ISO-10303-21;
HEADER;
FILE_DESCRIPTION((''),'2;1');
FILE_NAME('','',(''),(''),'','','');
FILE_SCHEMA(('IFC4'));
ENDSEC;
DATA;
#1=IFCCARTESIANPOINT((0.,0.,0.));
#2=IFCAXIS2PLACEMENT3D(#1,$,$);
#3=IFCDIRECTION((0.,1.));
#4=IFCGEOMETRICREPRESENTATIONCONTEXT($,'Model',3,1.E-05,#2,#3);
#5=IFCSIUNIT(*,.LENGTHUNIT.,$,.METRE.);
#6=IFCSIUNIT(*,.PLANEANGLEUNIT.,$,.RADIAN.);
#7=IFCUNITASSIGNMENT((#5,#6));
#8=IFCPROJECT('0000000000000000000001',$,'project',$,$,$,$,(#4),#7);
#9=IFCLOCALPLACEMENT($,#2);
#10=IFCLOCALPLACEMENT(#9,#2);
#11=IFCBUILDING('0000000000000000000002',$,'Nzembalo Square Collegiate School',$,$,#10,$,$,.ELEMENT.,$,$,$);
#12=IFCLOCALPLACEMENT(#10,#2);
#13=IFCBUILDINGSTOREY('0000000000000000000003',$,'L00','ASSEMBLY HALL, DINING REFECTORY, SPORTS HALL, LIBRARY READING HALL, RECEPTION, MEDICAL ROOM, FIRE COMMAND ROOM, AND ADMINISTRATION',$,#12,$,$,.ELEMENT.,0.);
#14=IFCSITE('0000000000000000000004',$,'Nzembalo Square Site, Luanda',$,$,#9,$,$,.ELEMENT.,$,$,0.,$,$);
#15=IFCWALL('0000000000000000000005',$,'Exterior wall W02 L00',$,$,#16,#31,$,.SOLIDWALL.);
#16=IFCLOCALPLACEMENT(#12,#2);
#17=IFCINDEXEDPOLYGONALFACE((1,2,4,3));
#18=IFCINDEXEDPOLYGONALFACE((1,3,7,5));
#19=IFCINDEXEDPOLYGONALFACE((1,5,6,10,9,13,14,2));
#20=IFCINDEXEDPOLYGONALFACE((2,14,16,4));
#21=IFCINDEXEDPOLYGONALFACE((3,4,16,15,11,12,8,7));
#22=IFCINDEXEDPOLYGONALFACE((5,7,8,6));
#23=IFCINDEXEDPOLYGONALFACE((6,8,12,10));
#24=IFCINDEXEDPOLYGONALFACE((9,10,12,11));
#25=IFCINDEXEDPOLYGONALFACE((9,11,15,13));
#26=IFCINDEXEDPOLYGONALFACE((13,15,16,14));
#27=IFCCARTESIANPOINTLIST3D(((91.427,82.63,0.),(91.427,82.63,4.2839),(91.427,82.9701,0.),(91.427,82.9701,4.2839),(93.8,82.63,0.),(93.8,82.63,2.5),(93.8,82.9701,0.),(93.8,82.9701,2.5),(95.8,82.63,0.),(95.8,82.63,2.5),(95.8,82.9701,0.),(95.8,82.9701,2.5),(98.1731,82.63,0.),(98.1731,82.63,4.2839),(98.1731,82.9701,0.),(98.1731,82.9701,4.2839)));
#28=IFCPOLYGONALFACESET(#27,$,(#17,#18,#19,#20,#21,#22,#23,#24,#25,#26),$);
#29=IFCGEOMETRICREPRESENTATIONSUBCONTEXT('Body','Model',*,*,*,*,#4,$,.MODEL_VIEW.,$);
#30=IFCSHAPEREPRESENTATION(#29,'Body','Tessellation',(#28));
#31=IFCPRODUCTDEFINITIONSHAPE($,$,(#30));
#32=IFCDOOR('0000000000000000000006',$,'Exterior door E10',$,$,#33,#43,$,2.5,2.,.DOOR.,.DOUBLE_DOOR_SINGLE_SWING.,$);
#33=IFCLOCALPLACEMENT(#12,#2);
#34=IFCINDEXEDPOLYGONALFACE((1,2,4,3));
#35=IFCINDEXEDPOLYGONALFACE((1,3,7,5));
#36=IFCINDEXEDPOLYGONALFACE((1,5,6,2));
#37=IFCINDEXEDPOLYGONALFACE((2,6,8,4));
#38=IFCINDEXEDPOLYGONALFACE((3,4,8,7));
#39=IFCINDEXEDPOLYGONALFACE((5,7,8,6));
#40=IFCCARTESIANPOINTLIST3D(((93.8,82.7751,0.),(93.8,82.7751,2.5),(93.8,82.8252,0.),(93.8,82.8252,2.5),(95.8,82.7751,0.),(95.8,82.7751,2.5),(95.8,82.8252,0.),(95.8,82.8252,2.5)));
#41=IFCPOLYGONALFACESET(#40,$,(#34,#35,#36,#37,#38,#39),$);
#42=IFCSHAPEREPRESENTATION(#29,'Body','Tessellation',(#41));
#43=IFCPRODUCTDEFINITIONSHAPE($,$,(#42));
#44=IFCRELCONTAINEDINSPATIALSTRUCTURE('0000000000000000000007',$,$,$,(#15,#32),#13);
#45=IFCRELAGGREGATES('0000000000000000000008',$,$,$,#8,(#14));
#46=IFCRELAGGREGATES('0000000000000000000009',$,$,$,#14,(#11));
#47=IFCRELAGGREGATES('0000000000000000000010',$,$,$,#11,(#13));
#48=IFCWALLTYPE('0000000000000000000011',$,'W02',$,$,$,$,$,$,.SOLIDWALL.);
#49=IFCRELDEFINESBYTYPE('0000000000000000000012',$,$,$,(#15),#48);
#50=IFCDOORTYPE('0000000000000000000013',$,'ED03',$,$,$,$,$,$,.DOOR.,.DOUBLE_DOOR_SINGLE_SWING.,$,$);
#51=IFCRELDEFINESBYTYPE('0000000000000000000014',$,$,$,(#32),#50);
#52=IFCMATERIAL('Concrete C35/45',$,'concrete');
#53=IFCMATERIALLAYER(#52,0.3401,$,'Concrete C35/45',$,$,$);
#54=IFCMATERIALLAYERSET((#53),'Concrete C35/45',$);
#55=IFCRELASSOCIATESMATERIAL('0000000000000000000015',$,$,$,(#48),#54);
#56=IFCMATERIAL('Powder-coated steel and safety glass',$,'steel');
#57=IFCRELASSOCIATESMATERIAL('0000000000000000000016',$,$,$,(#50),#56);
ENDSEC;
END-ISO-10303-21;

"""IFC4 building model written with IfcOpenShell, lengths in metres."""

from ifc_helpers import new_model, si_unit, direction, frame, frame_2d, origin, place, context, subcontext, project, spatial, rectangle, extrude, material, layer, layer_set, type_object, element, fill, save


model = new_model("IFC4")

# Units and contexts
model_context = context("Model", 3, precision=1e-05, world=origin(), true_north=direction((0.0, 1.0)))
body_context = subcontext(model_context, "Body", "Model", "MODEL_VIEW")
ifc_project = project(units=[si_unit("LENGTHUNIT", "METRE"), si_unit("PLANEANGLEUNIT", "RADIAN")], contexts=[model_context])

# Site, building, storey
site_placement = place(None, origin())
site = spatial("IfcSite", under=ifc_project, at=site_placement, Name="Nzembalo Square Site, Luanda", CompositionType="ELEMENT", RefElevation=0.0)
building_placement = place(site_placement, origin())
building = spatial("IfcBuilding", under=site, at=building_placement, Name="Nzembalo Square Collegiate School", CompositionType="ELEMENT")
storey_placement = place(building_placement, origin())
storey = spatial("IfcBuildingStorey", under=building, at=storey_placement, Name="L00", Description="ASSEMBLY HALL, DINING REFECTORY, SPORTS HALL, LIBRARY READING HALL, RECEPTION, MEDICAL ROOM, FIRE COMMAND ROOM, AND ADMINISTRATION", CompositionType="ELEMENT", Elevation=0.0)

# Wall, opening, door
ifc_material_1 = material(Name="Concrete C35/45", Category="concrete")
ifc_layer_1 = layer(ifc_material_1, 0.3401, Name="Concrete C35/45")
ifc_layer_set_1 = layer_set([ifc_layer_1], Name="Concrete C35/45")
wall_type = type_object("IfcWallType", Name="W02", PredefinedType="SOLIDWALL", material=ifc_layer_set_1)
wall_placement = place(storey_placement, frame((91.427, 82.8, 0.0), z_axis=(0.0, 0.0, 1.0), x_axis=(1.0, 0.0, 0.0)))
wall = element("IfcWall", 1, at=wall_placement, inside=storey, type_object=wall_type, Name="Exterior wall W02 L00", PredefinedType="SOLIDWALL", context=body_context, shape_type="SweptSolid", body=[
    extrude(rectangle(XDim=6.7461, YDim=0.3401, at=frame_2d((3.373, 0.0))), origin(), (0.0, 0.0, 1.0), 4.2839),
])
opening_placement = place(wall_placement, frame((2.373, 0.0, 0.0)))
opening = element("IfcOpeningElement", 2, at=opening_placement, cuts=wall, PredefinedType="OPENING", context=body_context, shape_type="SweptSolid", body=[
    extrude(rectangle(XDim=2.0, YDim=2.5, at=frame_2d((1.0, 1.25))), frame((0.0, 0.1802, 0.0), z_axis=(0.0, -1.0, 0.0), x_axis=(1.0, 0.0, 0.0)), (0.0, 0.0, 1.0), 0.3601),
])
ifc_material_2 = material(Name="Powder-coated steel and safety glass", Category="steel")
door_type = type_object("IfcDoorType", Name="ED03", OperationType="DOUBLE_DOOR_SINGLE_SWING", PredefinedType="DOOR", material=ifc_material_2)
door_placement = place(opening_placement, frame((2.0, 0.0, 0.0), z_axis=(0.0, 0.0, 1.0), x_axis=(-1.0, 0.0, 0.0)))
door = element("IfcDoor", 3, at=door_placement, inside=storey, type_object=door_type, Name="Exterior door E10", OperationType="DOUBLE_DOOR_SINGLE_SWING", OverallHeight=2.5, OverallWidth=2.0, PredefinedType="DOOR", context=body_context, shape_type="SweptSolid", body=[
    extrude(rectangle(XDim=2.0, YDim=2.5, at=frame_2d((1.0, 1.25))), frame((0.0, 0.0249, 0.0), z_axis=(0.0, -1.0, 0.0), x_axis=(1.0, 0.0, 0.0)), (0.0, 0.0, 1.0), 0.05),
])
fill(opening, door)

save(model, "model.ifc")
